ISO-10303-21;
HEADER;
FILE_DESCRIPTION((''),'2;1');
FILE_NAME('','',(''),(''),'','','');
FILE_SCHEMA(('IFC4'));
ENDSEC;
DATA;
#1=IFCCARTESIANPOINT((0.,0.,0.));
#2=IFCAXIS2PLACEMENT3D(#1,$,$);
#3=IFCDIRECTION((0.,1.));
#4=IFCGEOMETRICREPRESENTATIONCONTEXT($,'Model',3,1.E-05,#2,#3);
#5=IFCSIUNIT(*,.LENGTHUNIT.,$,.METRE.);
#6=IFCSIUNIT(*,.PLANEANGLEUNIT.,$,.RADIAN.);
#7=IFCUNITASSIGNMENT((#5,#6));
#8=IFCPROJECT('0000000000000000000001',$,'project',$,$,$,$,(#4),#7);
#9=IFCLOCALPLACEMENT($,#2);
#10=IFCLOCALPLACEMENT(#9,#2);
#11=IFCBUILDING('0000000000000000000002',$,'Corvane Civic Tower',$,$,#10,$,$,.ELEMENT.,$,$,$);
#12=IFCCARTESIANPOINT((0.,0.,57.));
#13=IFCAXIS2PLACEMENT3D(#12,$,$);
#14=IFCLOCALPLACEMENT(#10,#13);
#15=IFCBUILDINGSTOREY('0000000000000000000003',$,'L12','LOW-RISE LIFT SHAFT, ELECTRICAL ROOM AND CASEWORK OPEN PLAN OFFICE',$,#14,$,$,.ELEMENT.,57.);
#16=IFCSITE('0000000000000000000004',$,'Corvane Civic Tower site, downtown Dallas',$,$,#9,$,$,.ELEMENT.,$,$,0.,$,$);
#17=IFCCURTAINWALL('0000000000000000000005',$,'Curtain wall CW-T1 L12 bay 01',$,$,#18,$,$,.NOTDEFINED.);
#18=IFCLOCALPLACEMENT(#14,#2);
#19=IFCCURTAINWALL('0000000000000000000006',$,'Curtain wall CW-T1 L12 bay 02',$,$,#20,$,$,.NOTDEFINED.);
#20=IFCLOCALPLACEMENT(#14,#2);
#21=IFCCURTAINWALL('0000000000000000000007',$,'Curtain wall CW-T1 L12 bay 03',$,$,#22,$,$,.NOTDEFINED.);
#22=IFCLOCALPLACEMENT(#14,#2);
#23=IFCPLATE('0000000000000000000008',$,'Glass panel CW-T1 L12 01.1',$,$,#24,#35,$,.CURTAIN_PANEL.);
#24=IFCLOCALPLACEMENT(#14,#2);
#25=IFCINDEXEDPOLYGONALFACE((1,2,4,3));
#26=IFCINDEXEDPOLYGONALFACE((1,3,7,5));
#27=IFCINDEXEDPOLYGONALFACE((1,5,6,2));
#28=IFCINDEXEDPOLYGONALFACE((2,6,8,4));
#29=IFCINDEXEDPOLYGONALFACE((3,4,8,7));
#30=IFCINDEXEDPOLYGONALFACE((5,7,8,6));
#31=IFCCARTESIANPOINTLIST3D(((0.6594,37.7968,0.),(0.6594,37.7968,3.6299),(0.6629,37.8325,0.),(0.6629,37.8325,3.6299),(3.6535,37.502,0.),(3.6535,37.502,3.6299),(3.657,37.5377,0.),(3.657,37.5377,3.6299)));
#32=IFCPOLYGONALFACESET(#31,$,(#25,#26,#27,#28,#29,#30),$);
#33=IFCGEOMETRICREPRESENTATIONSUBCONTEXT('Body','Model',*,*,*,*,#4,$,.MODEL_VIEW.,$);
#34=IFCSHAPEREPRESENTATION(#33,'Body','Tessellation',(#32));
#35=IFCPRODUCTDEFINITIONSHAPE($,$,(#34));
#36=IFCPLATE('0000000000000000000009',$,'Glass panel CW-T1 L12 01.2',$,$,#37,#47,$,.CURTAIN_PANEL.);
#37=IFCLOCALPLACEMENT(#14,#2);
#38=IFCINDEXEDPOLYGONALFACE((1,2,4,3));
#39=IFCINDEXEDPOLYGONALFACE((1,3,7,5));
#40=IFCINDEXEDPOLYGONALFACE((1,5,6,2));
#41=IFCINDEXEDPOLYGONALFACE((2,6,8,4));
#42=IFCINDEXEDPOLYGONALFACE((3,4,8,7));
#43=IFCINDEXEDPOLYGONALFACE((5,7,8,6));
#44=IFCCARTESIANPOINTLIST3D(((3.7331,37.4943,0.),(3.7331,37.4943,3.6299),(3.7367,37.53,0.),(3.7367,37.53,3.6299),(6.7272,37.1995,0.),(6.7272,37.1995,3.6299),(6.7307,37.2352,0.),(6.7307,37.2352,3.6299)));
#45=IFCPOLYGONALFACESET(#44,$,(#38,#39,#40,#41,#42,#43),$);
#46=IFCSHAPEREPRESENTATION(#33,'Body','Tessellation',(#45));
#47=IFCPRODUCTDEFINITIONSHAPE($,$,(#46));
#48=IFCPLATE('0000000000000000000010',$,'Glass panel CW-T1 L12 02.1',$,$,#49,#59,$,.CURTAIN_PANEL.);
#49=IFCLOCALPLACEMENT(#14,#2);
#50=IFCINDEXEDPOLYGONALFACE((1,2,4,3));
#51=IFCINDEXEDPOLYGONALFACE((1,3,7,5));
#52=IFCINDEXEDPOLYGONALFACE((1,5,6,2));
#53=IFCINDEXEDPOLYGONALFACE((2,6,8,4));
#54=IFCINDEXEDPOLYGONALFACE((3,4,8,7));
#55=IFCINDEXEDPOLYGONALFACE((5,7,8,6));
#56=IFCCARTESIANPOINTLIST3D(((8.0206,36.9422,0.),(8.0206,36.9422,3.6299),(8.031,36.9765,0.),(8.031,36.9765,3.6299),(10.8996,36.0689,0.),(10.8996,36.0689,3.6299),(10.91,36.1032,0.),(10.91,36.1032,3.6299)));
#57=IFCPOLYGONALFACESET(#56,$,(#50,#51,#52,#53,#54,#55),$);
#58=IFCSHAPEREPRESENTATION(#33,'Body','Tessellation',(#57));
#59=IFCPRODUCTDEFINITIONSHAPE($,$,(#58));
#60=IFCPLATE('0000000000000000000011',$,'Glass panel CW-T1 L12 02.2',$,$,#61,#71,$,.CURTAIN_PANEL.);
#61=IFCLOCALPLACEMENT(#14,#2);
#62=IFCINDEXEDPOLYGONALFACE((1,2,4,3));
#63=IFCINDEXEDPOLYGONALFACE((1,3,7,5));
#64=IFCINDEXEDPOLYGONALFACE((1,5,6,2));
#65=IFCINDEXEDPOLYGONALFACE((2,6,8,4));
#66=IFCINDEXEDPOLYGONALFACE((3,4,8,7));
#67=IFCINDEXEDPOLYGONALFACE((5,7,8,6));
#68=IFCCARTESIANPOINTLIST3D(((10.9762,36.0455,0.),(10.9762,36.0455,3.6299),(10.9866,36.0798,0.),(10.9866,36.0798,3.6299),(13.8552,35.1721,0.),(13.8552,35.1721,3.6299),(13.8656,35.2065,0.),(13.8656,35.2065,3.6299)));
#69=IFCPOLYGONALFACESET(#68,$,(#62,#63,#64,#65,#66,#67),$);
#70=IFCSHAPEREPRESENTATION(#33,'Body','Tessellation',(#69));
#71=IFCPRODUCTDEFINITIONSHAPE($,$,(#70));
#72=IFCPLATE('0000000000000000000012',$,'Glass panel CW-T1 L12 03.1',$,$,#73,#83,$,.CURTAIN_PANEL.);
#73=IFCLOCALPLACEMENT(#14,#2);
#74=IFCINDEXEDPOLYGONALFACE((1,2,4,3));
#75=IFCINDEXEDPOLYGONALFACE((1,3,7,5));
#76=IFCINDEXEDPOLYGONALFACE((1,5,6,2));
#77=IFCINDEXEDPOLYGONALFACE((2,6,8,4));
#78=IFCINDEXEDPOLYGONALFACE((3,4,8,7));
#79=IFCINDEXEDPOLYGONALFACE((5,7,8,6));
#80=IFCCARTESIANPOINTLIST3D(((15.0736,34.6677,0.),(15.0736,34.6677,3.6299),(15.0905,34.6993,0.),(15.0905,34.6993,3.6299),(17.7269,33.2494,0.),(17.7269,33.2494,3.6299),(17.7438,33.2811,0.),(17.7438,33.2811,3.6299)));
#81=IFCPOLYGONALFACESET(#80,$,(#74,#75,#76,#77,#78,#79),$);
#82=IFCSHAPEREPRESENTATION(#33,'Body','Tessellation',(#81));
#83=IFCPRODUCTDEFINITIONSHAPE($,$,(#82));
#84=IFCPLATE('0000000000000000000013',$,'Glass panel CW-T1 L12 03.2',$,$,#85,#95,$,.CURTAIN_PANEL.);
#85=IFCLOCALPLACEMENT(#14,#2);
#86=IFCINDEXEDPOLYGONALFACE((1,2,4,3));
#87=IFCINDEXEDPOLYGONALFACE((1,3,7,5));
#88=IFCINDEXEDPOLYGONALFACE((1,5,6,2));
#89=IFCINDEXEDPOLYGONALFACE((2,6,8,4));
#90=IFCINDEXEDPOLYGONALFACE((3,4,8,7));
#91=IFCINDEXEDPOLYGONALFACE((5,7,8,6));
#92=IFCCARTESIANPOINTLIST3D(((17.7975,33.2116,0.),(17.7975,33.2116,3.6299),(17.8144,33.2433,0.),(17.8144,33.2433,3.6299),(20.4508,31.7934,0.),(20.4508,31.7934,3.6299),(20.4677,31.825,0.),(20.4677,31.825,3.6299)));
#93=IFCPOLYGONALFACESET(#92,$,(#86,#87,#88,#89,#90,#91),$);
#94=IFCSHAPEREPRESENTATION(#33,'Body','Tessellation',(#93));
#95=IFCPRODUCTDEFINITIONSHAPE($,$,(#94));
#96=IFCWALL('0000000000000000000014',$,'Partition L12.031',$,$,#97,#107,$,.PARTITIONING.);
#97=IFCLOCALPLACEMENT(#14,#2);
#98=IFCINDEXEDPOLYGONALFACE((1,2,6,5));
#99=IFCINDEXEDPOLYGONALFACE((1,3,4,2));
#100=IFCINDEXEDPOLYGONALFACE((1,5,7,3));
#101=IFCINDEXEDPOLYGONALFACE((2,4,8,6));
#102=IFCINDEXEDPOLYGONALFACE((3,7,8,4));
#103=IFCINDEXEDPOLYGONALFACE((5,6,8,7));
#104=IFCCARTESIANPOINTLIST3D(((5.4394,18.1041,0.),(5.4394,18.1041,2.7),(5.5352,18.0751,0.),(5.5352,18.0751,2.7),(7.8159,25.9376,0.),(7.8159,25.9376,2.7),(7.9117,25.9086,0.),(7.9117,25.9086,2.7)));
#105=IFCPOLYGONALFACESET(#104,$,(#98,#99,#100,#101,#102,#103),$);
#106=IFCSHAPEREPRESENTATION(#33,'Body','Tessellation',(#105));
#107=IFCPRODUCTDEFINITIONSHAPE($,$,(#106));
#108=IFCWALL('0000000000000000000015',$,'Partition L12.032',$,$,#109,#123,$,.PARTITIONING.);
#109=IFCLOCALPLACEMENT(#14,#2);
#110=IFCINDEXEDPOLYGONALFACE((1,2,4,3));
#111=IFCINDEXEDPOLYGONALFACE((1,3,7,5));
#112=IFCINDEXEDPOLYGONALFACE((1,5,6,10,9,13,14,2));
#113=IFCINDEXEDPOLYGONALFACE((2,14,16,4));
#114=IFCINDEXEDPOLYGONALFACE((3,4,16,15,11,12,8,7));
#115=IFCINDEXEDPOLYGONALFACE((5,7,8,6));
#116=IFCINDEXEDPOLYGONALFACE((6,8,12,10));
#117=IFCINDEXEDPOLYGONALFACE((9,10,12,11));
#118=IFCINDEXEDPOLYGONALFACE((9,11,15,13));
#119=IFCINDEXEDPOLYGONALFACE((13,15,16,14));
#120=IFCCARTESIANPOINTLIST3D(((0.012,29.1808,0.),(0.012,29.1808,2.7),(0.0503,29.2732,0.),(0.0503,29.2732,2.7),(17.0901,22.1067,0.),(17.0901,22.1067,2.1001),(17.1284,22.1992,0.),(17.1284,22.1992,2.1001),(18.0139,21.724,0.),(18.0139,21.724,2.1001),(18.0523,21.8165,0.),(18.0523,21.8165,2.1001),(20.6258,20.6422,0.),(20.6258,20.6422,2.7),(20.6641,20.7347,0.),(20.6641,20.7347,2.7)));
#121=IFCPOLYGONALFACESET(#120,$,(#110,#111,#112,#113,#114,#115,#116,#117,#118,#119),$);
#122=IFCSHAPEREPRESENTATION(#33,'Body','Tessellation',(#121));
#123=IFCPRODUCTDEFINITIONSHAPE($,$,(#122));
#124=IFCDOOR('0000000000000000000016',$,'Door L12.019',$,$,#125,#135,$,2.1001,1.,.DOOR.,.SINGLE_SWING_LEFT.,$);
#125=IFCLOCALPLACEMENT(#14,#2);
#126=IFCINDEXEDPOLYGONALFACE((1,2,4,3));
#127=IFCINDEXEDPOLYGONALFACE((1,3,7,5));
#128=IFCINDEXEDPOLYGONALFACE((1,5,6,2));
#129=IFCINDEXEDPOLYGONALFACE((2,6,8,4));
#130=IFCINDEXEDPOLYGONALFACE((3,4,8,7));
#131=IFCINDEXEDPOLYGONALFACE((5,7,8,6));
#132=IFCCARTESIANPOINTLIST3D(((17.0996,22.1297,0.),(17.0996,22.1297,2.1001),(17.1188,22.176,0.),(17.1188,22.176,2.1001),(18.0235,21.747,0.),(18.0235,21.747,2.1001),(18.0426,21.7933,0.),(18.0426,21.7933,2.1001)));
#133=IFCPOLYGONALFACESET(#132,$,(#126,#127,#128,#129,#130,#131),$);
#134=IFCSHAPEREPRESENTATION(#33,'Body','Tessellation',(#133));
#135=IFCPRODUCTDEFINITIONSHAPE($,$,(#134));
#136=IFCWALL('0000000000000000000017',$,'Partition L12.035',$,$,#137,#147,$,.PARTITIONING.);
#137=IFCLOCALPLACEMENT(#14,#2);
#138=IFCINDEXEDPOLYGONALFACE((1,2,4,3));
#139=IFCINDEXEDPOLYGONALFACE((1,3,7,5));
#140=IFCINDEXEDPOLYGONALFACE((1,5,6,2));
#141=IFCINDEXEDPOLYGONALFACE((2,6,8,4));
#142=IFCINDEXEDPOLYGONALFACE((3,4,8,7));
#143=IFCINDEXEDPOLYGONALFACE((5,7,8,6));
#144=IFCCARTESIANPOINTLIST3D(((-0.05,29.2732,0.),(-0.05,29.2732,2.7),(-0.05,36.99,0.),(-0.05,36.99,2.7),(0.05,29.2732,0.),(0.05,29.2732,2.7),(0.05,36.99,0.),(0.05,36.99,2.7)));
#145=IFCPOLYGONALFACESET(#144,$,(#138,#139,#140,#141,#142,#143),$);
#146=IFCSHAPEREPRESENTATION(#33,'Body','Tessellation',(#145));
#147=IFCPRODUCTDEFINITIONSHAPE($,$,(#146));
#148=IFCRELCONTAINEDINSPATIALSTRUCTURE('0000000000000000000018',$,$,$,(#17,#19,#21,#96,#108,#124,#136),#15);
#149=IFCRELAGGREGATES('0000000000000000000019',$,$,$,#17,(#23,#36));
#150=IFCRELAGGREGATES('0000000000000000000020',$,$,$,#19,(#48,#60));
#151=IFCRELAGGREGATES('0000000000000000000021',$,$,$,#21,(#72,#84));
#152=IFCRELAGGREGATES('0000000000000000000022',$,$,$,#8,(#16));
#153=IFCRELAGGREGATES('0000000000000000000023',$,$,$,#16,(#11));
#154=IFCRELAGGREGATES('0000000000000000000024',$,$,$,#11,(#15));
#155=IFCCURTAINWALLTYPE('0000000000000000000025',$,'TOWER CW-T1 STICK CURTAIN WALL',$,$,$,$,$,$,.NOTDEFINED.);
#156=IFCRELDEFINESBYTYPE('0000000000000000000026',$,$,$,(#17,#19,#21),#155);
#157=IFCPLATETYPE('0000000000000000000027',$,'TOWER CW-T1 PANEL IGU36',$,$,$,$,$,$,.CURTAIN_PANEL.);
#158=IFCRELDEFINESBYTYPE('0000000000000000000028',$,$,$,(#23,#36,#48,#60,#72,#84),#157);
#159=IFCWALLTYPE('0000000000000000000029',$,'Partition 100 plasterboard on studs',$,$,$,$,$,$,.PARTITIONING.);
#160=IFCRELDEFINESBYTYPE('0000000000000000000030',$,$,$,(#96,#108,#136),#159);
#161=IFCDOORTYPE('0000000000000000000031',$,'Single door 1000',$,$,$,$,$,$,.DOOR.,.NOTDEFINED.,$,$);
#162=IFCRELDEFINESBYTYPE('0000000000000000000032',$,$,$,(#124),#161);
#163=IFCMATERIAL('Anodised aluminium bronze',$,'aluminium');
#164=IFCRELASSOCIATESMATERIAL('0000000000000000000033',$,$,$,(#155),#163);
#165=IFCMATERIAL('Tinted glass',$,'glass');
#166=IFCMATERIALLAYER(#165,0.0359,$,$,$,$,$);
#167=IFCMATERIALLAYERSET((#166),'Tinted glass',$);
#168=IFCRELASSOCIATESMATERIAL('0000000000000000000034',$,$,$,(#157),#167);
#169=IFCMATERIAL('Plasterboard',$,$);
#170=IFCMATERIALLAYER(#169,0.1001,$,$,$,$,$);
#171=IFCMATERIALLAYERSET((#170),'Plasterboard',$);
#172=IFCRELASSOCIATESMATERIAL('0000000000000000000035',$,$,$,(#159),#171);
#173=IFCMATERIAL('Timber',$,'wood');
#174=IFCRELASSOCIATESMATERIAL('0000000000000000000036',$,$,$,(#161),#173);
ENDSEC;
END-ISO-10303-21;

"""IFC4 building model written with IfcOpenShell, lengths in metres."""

from ifc_helpers import new_model, si_unit, direction, frame, frame_2d, origin, origin_2d, place, context, subcontext, project, spatial, rectangle, extrude, material, layer, layer_set, type_object, element, fill, aggregate, save


model = new_model("IFC4")

# Units and contexts
model_context = context("Model", 3, precision=1e-05, world=origin(), true_north=direction((0.0, 1.0)))
body_context = subcontext(model_context, "Body", "Model", "MODEL_VIEW")
ifc_project = project(units=[si_unit("LENGTHUNIT", "METRE"), si_unit("PLANEANGLEUNIT", "RADIAN")], contexts=[model_context])

# Site, building, storey
site_placement = place(None, origin())
site = spatial("IfcSite", under=ifc_project, at=site_placement, Name="Corvane Civic Tower site, downtown Dallas", CompositionType="ELEMENT", RefElevation=0.0)
building_placement = place(site_placement, origin())
building = spatial("IfcBuilding", under=site, at=building_placement, Name="Corvane Civic Tower", CompositionType="ELEMENT")
storey_placement = place(building_placement, frame((0.0, 0.0, 57.0)))
storey = spatial("IfcBuildingStorey", under=building, at=storey_placement, Name="L12", Description="LOW-RISE LIFT SHAFT, ELECTRICAL ROOM AND CASEWORK OPEN PLAN OFFICE", CompositionType="ELEMENT", Elevation=57.0)

# Curtain walls
ifc_material_1 = material(Name="Anodised aluminium bronze", Category="aluminium")
curtain_wall_type = type_object("IfcCurtainWallType", Name="TOWER CW-T1 STICK CURTAIN WALL", PredefinedType="NOTDEFINED", material=ifc_material_1)
curtain_wall_1_placement = place(storey_placement, origin())
curtain_wall_1 = element("IfcCurtainWall", 1, at=curtain_wall_1_placement, inside=storey, type_object=curtain_wall_type, Name="Curtain wall CW-T1 L12 bay 01", PredefinedType="NOTDEFINED")
curtain_wall_2_placement = place(storey_placement, origin())
curtain_wall_2 = element("IfcCurtainWall", 2, at=curtain_wall_2_placement, inside=storey, type_object=curtain_wall_type, Name="Curtain wall CW-T1 L12 bay 02", PredefinedType="NOTDEFINED")
curtain_wall_3_placement = place(storey_placement, origin())
curtain_wall_3 = element("IfcCurtainWall", 3, at=curtain_wall_3_placement, inside=storey, type_object=curtain_wall_type, Name="Curtain wall CW-T1 L12 bay 03", PredefinedType="NOTDEFINED")

# Plates
ifc_material_2 = material(Name="Tinted glass", Category="glass")
ifc_layer_1 = layer(ifc_material_2, 0.0359)
ifc_layer_set_1 = layer_set([ifc_layer_1], Name="Tinted glass")
plate_type = type_object("IfcPlateType", Name="TOWER CW-T1 PANEL IGU36", PredefinedType="CURTAIN_PANEL", material=ifc_layer_set_1)
plate_1_placement = place(storey_placement, frame((2.1582, 37.6672, 0.0), z_axis=(0.0, 0.0, 1.0), x_axis=(0.995186, -0.098006, 0.0)))
plate_1 = element("IfcPlate", 4, at=plate_1_placement, type_object=plate_type, Name="Glass panel CW-T1 L12 01.1", PredefinedType="CURTAIN_PANEL", context=body_context, shape_type="SweptSolid", body=[
    extrude(rectangle(XDim=3.0085, YDim=0.0359, at=origin_2d()), origin(), (0.0, 0.0, 1.0), 3.6299),
])
plate_2_placement = place(storey_placement, frame((5.2319, 37.3647, 0.0), z_axis=(0.0, 0.0, 1.0), x_axis=(0.995186, -0.098006, 0.0)))
plate_2 = element("IfcPlate", 5, at=plate_2_placement, type_object=plate_type, Name="Glass panel CW-T1 L12 01.2", PredefinedType="CURTAIN_PANEL", context=body_context, shape_type="SweptSolid", body=[
    extrude(rectangle(XDim=3.0085, YDim=0.0359, at=origin_2d()), origin(), (0.0, 0.0, 1.0), 3.6299),
])
aggregate(curtain_wall_1, [plate_1, plate_2])
plate_3_placement = place(storey_placement, frame((9.4653, 36.5227, 0.0), z_axis=(0.0, 0.0, 1.0), x_axis=(0.956942, -0.290278, 0.0)))
plate_3 = element("IfcPlate", 6, at=plate_3_placement, type_object=plate_type, Name="Glass panel CW-T1 L12 02.1", PredefinedType="CURTAIN_PANEL", context=body_context, shape_type="SweptSolid", body=[
    extrude(rectangle(XDim=3.0085, YDim=0.0359, at=origin_2d()), origin(), (0.0, 0.0, 1.0), 3.6299),
])
plate_4_placement = place(storey_placement, frame((12.4209, 35.626, 0.0), z_axis=(0.0, 0.0, 1.0), x_axis=(0.956942, -0.290278, 0.0)))
plate_4 = element("IfcPlate", 7, at=plate_4_placement, type_object=plate_type, Name="Glass panel CW-T1 L12 02.2", PredefinedType="CURTAIN_PANEL", context=body_context, shape_type="SweptSolid", body=[
    extrude(rectangle(XDim=3.0085, YDim=0.0359, at=origin_2d()), origin(), (0.0, 0.0, 1.0), 3.6299),
])
aggregate(curtain_wall_2, [plate_3, plate_4])
plate_5_placement = place(storey_placement, frame((16.4087, 33.9744, 0.0), z_axis=(0.0, 0.0, 1.0), x_axis=(0.881918, -0.471404, 0.0)))
plate_5 = element("IfcPlate", 8, at=plate_5_placement, type_object=plate_type, Name="Glass panel CW-T1 L12 03.1", PredefinedType="CURTAIN_PANEL", context=body_context, shape_type="SweptSolid", body=[
    extrude(rectangle(XDim=3.0085, YDim=0.0359, at=origin_2d()), origin(), (0.0, 0.0, 1.0), 3.6299),
])
plate_6_placement = place(storey_placement, frame((19.1326, 32.5183, 0.0), z_axis=(0.0, 0.0, 1.0), x_axis=(0.881918, -0.471404, 0.0)))
plate_6 = element("IfcPlate", 9, at=plate_6_placement, type_object=plate_type, Name="Glass panel CW-T1 L12 03.2", PredefinedType="CURTAIN_PANEL", context=body_context, shape_type="SweptSolid", body=[
    extrude(rectangle(XDim=3.0085, YDim=0.0359, at=origin_2d()), origin(), (0.0, 0.0, 1.0), 3.6299),
])
aggregate(curtain_wall_3, [plate_5, plate_6])

# Wall
ifc_material_3 = material(Name="Plasterboard")
ifc_layer_2 = layer(ifc_material_3, 0.1001)
ifc_layer_set_2 = layer_set([ifc_layer_2], Name="Plasterboard")
wall_type = type_object("IfcWallType", Name="Partition 100 plasterboard on studs", PredefinedType="PARTITIONING", material=ifc_layer_set_2)
wall_1_placement = place(storey_placement, frame((5.4873, 18.0896, 0.0), z_axis=(0.0, 0.0, 1.0), x_axis=(0.290307, 0.956934, 0.0)))
element("IfcWall", 10, at=wall_1_placement, inside=storey, type_object=wall_type, Name="Partition L12.031", PredefinedType="PARTITIONING", context=body_context, shape_type="SweptSolid", body=[
    extrude(rectangle(XDim=8.186, YDim=0.1001, at=frame_2d((4.093, 0.0))), origin(), (0.0, 0.0, 1.0), 2.7),
])

# Wall, opening, door
wall_2_placement = place(storey_placement, frame((0.031, 29.2271, 0.0), z_axis=(0.0, 0.0, 1.0), x_axis=(0.923878, -0.382686, 0.0)))
wall_2 = element("IfcWall", 11, at=wall_2_placement, inside=storey, type_object=wall_type, Name="Partition L12.032", PredefinedType="PARTITIONING", context=body_context, shape_type="SweptSolid", body=[
    extrude(rectangle(XDim=22.3123, YDim=0.1001, at=frame_2d((11.1562, 0.0))), origin(), (0.0, 0.0, 1.0), 2.7),
])
opening_placement = place(wall_2_placement, frame((18.4854, 0.0, 0.0)))
opening = element("IfcOpeningElement", 12, at=opening_placement, cuts=wall_2, PredefinedType="OPENING", context=body_context, shape_type="SweptSolid", body=[
    extrude(rectangle(XDim=1.0, YDim=2.1001, at=frame_2d((0.5, 1.05))), frame((0.0, 0.0601, 0.0), z_axis=(0.0, -1.0, 0.0), x_axis=(1.0, 0.0, 0.0)), (0.0, 0.0, 1.0), 0.1201),
])
ifc_material_4 = material(Name="Timber", Category="wood")
door_type = type_object("IfcDoorType", Name="Single door 1000", OperationType="NOTDEFINED", PredefinedType="DOOR", material=ifc_material_4)
door_placement = place(opening_placement, origin())
door = element("IfcDoor", 13, at=door_placement, inside=storey, type_object=door_type, Name="Door L12.019", OperationType="SINGLE_SWING_LEFT", OverallHeight=2.1001, OverallWidth=1.0, PredefinedType="DOOR", context=body_context, shape_type="SweptSolid", body=[
    extrude(rectangle(XDim=1.0, YDim=2.1001, at=frame_2d((0.5, 1.05))), frame((0.0, 0.0249, 0.0), z_axis=(0.0, -1.0, 0.0), x_axis=(1.0, 0.0, 0.0)), (0.0, 0.0, 1.0), 0.05),
])
fill(opening, door)

# Wall
wall_3_placement = place(storey_placement, frame((0.0, 29.2732, 0.0), z_axis=(0.0, 0.0, 1.0), x_axis=(0.0, 1.0, 0.0)))
element("IfcWall", 14, at=wall_3_placement, inside=storey, type_object=wall_type, Name="Partition L12.035", PredefinedType="PARTITIONING", context=body_context, shape_type="SweptSolid", body=[
    extrude(rectangle(XDim=7.7168, YDim=0.1001, at=frame_2d((3.8584, 0.0))), origin(), (0.0, 0.0, 1.0), 2.7),
])

save(model, "model.ifc")
